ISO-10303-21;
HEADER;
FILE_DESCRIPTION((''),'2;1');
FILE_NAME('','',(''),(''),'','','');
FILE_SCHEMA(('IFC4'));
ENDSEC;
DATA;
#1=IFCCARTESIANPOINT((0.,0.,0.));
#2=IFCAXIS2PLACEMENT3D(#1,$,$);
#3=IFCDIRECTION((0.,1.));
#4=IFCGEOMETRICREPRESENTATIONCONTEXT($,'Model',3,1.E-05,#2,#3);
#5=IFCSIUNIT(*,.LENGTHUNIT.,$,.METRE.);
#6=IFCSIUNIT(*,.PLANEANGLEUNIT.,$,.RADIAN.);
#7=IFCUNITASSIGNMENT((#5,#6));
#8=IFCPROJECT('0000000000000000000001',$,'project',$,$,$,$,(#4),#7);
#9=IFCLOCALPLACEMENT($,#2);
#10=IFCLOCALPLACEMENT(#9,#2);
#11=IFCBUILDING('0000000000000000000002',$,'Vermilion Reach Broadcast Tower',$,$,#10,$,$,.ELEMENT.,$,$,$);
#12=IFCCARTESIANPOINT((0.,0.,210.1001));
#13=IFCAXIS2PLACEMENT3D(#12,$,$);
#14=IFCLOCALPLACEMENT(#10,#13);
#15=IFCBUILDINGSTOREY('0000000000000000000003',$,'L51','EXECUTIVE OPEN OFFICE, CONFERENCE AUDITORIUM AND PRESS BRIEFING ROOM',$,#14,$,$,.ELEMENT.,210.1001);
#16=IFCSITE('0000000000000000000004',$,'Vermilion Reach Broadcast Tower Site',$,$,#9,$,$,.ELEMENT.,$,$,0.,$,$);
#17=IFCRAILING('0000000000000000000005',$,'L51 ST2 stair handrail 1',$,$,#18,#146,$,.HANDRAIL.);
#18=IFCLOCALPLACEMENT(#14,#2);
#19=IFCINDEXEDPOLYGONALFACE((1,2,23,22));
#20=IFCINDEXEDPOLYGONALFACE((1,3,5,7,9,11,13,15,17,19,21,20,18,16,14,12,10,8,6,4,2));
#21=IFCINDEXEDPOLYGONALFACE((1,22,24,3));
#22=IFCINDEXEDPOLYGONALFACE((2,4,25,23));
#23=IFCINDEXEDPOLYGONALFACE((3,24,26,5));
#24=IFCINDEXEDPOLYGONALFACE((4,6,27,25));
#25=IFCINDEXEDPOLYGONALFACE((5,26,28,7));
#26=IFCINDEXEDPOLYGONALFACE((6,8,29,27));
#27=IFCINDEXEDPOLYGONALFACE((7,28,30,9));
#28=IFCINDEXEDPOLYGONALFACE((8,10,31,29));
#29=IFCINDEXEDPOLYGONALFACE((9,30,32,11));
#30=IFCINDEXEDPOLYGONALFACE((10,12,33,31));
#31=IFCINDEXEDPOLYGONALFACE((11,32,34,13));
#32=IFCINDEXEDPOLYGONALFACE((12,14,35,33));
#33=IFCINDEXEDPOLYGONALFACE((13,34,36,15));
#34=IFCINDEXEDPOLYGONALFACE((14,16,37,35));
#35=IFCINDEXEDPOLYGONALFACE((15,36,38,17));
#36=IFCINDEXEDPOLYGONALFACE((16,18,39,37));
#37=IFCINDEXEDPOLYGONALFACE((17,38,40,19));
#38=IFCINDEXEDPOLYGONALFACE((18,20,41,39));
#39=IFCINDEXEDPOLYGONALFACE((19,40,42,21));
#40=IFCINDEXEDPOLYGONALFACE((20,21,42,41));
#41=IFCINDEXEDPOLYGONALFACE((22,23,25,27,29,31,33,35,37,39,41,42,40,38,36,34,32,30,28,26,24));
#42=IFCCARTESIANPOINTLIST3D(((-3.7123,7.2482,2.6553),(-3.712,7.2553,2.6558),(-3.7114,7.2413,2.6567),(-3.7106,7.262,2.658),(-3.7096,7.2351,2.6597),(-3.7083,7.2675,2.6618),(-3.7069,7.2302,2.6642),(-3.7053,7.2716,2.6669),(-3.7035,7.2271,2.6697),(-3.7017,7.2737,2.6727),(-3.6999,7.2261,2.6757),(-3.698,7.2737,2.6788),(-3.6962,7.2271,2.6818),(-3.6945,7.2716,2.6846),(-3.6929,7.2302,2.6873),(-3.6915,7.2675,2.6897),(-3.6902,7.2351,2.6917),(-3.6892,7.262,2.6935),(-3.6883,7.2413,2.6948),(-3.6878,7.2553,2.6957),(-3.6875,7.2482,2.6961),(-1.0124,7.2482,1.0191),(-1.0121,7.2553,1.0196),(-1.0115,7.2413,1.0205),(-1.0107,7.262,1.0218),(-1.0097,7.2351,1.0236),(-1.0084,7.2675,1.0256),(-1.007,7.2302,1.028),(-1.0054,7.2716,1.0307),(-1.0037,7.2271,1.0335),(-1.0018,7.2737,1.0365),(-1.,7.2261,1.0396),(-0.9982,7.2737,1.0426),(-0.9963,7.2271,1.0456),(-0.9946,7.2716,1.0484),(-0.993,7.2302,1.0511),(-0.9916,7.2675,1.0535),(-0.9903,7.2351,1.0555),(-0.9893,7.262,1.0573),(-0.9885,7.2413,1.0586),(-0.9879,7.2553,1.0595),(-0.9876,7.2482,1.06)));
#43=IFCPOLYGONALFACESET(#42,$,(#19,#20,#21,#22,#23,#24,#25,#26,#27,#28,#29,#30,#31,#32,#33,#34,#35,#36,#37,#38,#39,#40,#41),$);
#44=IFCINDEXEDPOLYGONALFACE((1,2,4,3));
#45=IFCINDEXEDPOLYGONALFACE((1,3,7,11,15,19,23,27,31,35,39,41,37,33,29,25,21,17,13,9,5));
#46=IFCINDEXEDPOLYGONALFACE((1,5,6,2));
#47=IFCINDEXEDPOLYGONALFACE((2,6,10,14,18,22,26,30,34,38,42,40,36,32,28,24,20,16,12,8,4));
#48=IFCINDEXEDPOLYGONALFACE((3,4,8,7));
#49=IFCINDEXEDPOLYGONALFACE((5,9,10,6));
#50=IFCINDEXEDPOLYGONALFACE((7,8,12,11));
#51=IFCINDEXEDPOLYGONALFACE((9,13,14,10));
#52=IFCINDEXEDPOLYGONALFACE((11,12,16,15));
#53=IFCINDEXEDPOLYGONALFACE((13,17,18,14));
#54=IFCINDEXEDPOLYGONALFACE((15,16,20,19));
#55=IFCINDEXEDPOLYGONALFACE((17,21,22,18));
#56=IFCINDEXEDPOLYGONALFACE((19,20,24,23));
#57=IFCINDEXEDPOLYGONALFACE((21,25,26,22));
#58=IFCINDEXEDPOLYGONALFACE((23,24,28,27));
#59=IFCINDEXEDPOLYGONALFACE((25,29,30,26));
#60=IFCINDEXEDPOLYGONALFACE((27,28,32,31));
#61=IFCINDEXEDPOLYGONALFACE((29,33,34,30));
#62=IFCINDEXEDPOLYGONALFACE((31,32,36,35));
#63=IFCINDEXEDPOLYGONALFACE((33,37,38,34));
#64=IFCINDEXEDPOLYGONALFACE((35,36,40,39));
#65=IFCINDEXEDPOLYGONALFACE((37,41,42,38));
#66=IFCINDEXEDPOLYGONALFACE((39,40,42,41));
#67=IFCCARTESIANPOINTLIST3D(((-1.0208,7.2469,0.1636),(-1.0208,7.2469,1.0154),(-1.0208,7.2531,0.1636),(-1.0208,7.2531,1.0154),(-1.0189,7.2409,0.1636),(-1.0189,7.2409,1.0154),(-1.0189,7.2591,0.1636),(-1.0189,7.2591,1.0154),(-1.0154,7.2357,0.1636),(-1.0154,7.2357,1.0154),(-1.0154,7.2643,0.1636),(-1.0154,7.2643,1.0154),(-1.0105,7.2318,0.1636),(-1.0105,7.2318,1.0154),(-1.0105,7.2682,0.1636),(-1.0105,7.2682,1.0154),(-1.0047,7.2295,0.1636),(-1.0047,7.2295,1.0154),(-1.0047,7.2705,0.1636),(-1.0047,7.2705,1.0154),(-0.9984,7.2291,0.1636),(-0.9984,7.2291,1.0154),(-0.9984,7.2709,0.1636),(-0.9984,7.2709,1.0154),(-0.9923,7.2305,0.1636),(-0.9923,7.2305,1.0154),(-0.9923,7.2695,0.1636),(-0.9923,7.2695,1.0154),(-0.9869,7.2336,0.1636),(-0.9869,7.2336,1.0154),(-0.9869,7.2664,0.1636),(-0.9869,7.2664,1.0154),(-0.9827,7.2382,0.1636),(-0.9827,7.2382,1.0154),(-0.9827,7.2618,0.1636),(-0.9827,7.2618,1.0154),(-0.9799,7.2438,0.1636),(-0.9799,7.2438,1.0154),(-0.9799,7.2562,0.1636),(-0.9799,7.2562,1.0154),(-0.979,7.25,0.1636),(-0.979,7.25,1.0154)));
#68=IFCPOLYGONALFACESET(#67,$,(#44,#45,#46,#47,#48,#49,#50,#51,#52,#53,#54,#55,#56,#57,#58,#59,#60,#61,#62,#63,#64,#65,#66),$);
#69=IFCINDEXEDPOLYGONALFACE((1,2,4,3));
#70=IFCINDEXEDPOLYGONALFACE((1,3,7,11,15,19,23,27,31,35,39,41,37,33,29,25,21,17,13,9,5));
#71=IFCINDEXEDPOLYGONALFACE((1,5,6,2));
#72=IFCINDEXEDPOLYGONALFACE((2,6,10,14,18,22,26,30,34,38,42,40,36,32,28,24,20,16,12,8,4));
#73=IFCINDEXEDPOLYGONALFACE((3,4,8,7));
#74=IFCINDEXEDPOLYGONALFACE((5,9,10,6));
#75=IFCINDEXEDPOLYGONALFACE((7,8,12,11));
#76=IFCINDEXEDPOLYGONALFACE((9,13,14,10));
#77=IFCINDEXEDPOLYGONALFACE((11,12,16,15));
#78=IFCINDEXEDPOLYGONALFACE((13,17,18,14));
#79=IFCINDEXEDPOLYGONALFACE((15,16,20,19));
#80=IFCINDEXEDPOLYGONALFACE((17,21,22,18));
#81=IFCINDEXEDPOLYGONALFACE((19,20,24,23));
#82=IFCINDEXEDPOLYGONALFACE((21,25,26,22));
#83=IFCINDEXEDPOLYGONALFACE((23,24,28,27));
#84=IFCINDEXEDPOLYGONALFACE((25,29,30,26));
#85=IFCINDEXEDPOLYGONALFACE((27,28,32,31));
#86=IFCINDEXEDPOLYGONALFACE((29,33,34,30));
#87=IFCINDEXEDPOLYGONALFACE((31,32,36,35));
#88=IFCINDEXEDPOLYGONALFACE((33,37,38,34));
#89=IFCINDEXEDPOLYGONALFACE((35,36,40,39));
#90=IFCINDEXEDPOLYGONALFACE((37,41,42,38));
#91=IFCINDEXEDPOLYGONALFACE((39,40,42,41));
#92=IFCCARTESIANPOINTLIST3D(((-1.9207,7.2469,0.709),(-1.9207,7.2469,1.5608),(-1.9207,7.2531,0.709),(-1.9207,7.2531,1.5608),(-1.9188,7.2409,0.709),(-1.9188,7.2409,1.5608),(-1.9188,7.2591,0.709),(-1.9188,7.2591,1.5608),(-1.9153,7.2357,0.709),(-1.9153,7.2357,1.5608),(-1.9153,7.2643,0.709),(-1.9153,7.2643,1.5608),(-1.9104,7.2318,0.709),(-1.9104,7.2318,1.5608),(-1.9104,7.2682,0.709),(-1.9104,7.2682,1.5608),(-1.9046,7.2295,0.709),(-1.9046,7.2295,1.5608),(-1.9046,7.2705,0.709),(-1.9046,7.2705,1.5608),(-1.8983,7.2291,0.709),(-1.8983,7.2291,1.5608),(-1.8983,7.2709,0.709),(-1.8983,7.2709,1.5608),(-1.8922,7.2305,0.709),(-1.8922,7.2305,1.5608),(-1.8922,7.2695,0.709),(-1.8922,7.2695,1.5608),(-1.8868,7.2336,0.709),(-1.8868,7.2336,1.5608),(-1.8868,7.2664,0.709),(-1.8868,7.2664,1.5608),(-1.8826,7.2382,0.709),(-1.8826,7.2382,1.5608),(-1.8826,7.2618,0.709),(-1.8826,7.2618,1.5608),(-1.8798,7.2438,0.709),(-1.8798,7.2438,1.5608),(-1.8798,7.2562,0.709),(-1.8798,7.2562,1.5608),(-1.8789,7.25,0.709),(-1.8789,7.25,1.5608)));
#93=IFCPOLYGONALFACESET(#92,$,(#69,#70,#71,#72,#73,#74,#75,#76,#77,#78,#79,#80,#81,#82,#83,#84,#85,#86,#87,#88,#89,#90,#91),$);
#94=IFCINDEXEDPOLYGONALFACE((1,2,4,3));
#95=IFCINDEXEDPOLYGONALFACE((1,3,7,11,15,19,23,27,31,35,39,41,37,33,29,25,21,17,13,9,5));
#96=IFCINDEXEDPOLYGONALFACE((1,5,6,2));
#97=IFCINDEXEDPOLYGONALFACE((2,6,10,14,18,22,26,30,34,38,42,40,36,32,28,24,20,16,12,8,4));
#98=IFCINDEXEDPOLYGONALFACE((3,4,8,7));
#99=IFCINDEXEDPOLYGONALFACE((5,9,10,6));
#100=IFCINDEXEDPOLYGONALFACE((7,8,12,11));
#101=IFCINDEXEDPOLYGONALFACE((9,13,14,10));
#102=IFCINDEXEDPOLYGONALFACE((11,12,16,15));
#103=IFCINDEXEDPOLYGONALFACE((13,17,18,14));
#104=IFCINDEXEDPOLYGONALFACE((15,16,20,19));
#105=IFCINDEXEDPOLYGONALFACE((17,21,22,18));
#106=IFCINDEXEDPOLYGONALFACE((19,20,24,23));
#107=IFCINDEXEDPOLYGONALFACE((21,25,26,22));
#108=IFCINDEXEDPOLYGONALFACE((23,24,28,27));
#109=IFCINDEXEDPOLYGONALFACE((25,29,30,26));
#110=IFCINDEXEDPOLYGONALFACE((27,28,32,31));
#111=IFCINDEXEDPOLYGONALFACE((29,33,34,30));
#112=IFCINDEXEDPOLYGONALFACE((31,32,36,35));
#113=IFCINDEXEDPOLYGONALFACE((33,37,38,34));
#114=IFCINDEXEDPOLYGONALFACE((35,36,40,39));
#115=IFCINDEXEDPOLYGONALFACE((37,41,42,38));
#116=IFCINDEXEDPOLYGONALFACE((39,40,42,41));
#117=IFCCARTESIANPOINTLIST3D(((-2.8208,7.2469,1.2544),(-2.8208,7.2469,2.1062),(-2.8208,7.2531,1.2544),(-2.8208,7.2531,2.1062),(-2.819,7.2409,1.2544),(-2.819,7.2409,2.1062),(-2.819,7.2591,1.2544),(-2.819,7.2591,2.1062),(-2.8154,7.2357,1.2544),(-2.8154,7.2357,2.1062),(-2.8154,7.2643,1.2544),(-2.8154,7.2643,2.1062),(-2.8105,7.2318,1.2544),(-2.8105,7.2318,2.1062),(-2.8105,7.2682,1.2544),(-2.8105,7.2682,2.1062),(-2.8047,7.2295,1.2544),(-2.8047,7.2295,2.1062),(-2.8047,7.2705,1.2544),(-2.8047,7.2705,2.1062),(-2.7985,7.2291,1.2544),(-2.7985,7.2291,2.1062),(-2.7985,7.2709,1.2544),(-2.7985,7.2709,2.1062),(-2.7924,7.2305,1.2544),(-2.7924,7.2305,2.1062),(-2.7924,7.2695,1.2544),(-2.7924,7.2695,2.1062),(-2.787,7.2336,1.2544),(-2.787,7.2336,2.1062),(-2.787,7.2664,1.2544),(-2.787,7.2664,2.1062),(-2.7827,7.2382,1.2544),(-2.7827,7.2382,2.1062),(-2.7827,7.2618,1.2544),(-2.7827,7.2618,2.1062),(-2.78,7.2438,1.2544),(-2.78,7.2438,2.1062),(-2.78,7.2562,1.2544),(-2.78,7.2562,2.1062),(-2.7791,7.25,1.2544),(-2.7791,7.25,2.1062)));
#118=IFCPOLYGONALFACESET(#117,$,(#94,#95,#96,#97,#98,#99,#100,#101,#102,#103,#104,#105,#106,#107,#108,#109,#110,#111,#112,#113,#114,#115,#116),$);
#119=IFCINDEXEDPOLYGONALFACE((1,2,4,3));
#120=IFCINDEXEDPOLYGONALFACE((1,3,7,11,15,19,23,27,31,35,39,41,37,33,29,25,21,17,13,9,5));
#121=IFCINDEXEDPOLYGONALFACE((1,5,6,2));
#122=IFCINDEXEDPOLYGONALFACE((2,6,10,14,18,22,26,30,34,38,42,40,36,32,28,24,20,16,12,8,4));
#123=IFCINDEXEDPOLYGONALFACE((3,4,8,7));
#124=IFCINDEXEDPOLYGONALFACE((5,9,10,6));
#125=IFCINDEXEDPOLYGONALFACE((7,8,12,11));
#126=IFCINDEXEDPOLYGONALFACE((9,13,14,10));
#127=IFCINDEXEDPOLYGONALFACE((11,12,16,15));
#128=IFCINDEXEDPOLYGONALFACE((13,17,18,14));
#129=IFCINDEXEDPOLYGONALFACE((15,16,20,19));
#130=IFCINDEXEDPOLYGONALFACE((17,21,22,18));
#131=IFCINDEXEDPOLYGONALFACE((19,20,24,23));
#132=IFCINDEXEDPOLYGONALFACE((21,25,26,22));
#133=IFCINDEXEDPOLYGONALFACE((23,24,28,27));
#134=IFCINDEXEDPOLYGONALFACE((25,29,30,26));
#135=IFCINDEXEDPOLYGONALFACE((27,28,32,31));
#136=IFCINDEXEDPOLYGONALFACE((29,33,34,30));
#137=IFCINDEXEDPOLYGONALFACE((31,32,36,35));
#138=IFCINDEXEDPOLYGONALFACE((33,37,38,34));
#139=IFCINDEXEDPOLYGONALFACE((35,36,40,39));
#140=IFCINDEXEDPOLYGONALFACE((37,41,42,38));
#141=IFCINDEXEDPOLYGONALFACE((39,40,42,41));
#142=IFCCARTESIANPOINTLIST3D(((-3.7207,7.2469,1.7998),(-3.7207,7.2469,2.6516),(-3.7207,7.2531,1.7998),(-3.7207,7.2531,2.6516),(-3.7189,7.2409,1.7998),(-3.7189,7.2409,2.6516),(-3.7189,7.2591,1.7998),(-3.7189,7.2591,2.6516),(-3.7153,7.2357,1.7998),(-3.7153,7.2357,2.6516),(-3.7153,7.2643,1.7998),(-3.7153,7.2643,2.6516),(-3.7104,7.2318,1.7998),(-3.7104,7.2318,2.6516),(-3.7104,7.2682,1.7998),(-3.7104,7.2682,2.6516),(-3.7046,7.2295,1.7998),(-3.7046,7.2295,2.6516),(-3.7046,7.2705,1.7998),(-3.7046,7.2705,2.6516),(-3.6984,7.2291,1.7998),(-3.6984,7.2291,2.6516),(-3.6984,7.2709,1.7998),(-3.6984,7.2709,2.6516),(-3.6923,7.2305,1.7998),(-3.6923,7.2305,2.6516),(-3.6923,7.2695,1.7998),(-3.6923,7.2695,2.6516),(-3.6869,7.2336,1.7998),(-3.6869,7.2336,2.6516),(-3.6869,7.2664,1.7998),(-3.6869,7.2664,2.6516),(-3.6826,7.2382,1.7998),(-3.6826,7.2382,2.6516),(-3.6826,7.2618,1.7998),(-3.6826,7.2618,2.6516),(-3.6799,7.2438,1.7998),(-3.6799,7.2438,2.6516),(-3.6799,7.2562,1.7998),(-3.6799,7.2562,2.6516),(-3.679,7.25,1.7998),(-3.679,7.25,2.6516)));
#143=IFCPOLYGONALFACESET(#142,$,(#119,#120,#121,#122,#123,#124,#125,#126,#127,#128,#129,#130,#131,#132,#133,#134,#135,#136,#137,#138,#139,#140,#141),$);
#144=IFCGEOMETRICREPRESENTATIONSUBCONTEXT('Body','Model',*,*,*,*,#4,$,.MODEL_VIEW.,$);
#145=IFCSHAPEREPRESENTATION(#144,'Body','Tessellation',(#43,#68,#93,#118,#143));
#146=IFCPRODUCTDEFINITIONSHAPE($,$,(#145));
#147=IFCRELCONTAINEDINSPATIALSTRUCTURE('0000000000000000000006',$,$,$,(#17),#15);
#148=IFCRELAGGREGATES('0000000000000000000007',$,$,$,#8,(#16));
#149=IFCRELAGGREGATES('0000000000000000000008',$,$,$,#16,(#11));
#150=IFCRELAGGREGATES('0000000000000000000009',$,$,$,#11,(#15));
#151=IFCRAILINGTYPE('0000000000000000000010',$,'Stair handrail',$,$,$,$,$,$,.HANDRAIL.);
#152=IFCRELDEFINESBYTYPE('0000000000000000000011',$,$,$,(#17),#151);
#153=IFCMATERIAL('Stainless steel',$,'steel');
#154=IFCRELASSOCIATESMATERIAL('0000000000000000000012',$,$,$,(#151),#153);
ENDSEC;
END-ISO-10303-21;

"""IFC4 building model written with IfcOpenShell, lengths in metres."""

from ifc_helpers import new_model, si_unit, direction, frame, origin, origin_2d, place, context, subcontext, project, spatial, circle, extrude, material, type_object, element, save


model = new_model("IFC4")

# Units and contexts
model_context = context("Model", 3, precision=1e-05, world=origin(), true_north=direction((0.0, 1.0)))
body_context = subcontext(model_context, "Body", "Model", "MODEL_VIEW")
ifc_project = project(units=[si_unit("LENGTHUNIT", "METRE"), si_unit("PLANEANGLEUNIT", "RADIAN")], contexts=[model_context])

# Site, building, storey
site_placement = place(None, origin())
site = spatial("IfcSite", under=ifc_project, at=site_placement, Name="Vermilion Reach Broadcast Tower Site", CompositionType="ELEMENT", RefElevation=0.0)
building_placement = place(site_placement, origin())
building = spatial("IfcBuilding", under=site, at=building_placement, Name="Vermilion Reach Broadcast Tower", CompositionType="ELEMENT")
storey_placement = place(building_placement, frame((0.0, 0.0, 210.1001)))
storey = spatial("IfcBuildingStorey", under=building, at=storey_placement, Name="L51", Description="EXECUTIVE OPEN OFFICE, CONFERENCE AUDITORIUM AND PRESS BRIEFING ROOM", CompositionType="ELEMENT", Elevation=210.1001)

# Railing
ifc_material_1 = material(Name="Stainless steel", Category="steel")
railing_type_1 = type_object("IfcRailingType", Name="Stair handrail", PredefinedType="HANDRAIL", material=ifc_material_1)
railing_1_placement = place(storey_placement, frame((-1.0, 7.25, 0.1636)))
element("IfcRailing", 1, at=railing_1_placement, inside=storey, type_object=railing_type_1, Name="L51 ST2 stair handrail 1", PredefinedType="HANDRAIL", context=body_context, shape_type="SweptSolid", body=[
    extrude(circle(Radius=0.0239, at=origin_2d()), frame((0.0, 0.0, 0.876), z_axis=(-0.855212, 0.0, 0.518278), x_axis=(0.0, -1.0, 0.0)), (0.0, 0.0, 1.0), 3.157),
    extrude(circle(Radius=0.021, at=origin_2d()), origin(), (0.0, 0.0, 1.0), 0.8518),
    extrude(circle(Radius=0.021, at=origin_2d()), frame((-0.8999, 0.0, 0.5454)), (0.0, 0.0, 1.0), 0.8518),
    extrude(circle(Radius=0.021, at=origin_2d()), frame((-1.8, 0.0, 1.0908)), (0.0, 0.0, 1.0), 0.8518),
    extrude(circle(Radius=0.021, at=origin_2d()), frame((-2.7, 0.0, 1.6362)), (0.0, 0.0, 1.0), 0.8518),
])

save(model, "model.ifc")
